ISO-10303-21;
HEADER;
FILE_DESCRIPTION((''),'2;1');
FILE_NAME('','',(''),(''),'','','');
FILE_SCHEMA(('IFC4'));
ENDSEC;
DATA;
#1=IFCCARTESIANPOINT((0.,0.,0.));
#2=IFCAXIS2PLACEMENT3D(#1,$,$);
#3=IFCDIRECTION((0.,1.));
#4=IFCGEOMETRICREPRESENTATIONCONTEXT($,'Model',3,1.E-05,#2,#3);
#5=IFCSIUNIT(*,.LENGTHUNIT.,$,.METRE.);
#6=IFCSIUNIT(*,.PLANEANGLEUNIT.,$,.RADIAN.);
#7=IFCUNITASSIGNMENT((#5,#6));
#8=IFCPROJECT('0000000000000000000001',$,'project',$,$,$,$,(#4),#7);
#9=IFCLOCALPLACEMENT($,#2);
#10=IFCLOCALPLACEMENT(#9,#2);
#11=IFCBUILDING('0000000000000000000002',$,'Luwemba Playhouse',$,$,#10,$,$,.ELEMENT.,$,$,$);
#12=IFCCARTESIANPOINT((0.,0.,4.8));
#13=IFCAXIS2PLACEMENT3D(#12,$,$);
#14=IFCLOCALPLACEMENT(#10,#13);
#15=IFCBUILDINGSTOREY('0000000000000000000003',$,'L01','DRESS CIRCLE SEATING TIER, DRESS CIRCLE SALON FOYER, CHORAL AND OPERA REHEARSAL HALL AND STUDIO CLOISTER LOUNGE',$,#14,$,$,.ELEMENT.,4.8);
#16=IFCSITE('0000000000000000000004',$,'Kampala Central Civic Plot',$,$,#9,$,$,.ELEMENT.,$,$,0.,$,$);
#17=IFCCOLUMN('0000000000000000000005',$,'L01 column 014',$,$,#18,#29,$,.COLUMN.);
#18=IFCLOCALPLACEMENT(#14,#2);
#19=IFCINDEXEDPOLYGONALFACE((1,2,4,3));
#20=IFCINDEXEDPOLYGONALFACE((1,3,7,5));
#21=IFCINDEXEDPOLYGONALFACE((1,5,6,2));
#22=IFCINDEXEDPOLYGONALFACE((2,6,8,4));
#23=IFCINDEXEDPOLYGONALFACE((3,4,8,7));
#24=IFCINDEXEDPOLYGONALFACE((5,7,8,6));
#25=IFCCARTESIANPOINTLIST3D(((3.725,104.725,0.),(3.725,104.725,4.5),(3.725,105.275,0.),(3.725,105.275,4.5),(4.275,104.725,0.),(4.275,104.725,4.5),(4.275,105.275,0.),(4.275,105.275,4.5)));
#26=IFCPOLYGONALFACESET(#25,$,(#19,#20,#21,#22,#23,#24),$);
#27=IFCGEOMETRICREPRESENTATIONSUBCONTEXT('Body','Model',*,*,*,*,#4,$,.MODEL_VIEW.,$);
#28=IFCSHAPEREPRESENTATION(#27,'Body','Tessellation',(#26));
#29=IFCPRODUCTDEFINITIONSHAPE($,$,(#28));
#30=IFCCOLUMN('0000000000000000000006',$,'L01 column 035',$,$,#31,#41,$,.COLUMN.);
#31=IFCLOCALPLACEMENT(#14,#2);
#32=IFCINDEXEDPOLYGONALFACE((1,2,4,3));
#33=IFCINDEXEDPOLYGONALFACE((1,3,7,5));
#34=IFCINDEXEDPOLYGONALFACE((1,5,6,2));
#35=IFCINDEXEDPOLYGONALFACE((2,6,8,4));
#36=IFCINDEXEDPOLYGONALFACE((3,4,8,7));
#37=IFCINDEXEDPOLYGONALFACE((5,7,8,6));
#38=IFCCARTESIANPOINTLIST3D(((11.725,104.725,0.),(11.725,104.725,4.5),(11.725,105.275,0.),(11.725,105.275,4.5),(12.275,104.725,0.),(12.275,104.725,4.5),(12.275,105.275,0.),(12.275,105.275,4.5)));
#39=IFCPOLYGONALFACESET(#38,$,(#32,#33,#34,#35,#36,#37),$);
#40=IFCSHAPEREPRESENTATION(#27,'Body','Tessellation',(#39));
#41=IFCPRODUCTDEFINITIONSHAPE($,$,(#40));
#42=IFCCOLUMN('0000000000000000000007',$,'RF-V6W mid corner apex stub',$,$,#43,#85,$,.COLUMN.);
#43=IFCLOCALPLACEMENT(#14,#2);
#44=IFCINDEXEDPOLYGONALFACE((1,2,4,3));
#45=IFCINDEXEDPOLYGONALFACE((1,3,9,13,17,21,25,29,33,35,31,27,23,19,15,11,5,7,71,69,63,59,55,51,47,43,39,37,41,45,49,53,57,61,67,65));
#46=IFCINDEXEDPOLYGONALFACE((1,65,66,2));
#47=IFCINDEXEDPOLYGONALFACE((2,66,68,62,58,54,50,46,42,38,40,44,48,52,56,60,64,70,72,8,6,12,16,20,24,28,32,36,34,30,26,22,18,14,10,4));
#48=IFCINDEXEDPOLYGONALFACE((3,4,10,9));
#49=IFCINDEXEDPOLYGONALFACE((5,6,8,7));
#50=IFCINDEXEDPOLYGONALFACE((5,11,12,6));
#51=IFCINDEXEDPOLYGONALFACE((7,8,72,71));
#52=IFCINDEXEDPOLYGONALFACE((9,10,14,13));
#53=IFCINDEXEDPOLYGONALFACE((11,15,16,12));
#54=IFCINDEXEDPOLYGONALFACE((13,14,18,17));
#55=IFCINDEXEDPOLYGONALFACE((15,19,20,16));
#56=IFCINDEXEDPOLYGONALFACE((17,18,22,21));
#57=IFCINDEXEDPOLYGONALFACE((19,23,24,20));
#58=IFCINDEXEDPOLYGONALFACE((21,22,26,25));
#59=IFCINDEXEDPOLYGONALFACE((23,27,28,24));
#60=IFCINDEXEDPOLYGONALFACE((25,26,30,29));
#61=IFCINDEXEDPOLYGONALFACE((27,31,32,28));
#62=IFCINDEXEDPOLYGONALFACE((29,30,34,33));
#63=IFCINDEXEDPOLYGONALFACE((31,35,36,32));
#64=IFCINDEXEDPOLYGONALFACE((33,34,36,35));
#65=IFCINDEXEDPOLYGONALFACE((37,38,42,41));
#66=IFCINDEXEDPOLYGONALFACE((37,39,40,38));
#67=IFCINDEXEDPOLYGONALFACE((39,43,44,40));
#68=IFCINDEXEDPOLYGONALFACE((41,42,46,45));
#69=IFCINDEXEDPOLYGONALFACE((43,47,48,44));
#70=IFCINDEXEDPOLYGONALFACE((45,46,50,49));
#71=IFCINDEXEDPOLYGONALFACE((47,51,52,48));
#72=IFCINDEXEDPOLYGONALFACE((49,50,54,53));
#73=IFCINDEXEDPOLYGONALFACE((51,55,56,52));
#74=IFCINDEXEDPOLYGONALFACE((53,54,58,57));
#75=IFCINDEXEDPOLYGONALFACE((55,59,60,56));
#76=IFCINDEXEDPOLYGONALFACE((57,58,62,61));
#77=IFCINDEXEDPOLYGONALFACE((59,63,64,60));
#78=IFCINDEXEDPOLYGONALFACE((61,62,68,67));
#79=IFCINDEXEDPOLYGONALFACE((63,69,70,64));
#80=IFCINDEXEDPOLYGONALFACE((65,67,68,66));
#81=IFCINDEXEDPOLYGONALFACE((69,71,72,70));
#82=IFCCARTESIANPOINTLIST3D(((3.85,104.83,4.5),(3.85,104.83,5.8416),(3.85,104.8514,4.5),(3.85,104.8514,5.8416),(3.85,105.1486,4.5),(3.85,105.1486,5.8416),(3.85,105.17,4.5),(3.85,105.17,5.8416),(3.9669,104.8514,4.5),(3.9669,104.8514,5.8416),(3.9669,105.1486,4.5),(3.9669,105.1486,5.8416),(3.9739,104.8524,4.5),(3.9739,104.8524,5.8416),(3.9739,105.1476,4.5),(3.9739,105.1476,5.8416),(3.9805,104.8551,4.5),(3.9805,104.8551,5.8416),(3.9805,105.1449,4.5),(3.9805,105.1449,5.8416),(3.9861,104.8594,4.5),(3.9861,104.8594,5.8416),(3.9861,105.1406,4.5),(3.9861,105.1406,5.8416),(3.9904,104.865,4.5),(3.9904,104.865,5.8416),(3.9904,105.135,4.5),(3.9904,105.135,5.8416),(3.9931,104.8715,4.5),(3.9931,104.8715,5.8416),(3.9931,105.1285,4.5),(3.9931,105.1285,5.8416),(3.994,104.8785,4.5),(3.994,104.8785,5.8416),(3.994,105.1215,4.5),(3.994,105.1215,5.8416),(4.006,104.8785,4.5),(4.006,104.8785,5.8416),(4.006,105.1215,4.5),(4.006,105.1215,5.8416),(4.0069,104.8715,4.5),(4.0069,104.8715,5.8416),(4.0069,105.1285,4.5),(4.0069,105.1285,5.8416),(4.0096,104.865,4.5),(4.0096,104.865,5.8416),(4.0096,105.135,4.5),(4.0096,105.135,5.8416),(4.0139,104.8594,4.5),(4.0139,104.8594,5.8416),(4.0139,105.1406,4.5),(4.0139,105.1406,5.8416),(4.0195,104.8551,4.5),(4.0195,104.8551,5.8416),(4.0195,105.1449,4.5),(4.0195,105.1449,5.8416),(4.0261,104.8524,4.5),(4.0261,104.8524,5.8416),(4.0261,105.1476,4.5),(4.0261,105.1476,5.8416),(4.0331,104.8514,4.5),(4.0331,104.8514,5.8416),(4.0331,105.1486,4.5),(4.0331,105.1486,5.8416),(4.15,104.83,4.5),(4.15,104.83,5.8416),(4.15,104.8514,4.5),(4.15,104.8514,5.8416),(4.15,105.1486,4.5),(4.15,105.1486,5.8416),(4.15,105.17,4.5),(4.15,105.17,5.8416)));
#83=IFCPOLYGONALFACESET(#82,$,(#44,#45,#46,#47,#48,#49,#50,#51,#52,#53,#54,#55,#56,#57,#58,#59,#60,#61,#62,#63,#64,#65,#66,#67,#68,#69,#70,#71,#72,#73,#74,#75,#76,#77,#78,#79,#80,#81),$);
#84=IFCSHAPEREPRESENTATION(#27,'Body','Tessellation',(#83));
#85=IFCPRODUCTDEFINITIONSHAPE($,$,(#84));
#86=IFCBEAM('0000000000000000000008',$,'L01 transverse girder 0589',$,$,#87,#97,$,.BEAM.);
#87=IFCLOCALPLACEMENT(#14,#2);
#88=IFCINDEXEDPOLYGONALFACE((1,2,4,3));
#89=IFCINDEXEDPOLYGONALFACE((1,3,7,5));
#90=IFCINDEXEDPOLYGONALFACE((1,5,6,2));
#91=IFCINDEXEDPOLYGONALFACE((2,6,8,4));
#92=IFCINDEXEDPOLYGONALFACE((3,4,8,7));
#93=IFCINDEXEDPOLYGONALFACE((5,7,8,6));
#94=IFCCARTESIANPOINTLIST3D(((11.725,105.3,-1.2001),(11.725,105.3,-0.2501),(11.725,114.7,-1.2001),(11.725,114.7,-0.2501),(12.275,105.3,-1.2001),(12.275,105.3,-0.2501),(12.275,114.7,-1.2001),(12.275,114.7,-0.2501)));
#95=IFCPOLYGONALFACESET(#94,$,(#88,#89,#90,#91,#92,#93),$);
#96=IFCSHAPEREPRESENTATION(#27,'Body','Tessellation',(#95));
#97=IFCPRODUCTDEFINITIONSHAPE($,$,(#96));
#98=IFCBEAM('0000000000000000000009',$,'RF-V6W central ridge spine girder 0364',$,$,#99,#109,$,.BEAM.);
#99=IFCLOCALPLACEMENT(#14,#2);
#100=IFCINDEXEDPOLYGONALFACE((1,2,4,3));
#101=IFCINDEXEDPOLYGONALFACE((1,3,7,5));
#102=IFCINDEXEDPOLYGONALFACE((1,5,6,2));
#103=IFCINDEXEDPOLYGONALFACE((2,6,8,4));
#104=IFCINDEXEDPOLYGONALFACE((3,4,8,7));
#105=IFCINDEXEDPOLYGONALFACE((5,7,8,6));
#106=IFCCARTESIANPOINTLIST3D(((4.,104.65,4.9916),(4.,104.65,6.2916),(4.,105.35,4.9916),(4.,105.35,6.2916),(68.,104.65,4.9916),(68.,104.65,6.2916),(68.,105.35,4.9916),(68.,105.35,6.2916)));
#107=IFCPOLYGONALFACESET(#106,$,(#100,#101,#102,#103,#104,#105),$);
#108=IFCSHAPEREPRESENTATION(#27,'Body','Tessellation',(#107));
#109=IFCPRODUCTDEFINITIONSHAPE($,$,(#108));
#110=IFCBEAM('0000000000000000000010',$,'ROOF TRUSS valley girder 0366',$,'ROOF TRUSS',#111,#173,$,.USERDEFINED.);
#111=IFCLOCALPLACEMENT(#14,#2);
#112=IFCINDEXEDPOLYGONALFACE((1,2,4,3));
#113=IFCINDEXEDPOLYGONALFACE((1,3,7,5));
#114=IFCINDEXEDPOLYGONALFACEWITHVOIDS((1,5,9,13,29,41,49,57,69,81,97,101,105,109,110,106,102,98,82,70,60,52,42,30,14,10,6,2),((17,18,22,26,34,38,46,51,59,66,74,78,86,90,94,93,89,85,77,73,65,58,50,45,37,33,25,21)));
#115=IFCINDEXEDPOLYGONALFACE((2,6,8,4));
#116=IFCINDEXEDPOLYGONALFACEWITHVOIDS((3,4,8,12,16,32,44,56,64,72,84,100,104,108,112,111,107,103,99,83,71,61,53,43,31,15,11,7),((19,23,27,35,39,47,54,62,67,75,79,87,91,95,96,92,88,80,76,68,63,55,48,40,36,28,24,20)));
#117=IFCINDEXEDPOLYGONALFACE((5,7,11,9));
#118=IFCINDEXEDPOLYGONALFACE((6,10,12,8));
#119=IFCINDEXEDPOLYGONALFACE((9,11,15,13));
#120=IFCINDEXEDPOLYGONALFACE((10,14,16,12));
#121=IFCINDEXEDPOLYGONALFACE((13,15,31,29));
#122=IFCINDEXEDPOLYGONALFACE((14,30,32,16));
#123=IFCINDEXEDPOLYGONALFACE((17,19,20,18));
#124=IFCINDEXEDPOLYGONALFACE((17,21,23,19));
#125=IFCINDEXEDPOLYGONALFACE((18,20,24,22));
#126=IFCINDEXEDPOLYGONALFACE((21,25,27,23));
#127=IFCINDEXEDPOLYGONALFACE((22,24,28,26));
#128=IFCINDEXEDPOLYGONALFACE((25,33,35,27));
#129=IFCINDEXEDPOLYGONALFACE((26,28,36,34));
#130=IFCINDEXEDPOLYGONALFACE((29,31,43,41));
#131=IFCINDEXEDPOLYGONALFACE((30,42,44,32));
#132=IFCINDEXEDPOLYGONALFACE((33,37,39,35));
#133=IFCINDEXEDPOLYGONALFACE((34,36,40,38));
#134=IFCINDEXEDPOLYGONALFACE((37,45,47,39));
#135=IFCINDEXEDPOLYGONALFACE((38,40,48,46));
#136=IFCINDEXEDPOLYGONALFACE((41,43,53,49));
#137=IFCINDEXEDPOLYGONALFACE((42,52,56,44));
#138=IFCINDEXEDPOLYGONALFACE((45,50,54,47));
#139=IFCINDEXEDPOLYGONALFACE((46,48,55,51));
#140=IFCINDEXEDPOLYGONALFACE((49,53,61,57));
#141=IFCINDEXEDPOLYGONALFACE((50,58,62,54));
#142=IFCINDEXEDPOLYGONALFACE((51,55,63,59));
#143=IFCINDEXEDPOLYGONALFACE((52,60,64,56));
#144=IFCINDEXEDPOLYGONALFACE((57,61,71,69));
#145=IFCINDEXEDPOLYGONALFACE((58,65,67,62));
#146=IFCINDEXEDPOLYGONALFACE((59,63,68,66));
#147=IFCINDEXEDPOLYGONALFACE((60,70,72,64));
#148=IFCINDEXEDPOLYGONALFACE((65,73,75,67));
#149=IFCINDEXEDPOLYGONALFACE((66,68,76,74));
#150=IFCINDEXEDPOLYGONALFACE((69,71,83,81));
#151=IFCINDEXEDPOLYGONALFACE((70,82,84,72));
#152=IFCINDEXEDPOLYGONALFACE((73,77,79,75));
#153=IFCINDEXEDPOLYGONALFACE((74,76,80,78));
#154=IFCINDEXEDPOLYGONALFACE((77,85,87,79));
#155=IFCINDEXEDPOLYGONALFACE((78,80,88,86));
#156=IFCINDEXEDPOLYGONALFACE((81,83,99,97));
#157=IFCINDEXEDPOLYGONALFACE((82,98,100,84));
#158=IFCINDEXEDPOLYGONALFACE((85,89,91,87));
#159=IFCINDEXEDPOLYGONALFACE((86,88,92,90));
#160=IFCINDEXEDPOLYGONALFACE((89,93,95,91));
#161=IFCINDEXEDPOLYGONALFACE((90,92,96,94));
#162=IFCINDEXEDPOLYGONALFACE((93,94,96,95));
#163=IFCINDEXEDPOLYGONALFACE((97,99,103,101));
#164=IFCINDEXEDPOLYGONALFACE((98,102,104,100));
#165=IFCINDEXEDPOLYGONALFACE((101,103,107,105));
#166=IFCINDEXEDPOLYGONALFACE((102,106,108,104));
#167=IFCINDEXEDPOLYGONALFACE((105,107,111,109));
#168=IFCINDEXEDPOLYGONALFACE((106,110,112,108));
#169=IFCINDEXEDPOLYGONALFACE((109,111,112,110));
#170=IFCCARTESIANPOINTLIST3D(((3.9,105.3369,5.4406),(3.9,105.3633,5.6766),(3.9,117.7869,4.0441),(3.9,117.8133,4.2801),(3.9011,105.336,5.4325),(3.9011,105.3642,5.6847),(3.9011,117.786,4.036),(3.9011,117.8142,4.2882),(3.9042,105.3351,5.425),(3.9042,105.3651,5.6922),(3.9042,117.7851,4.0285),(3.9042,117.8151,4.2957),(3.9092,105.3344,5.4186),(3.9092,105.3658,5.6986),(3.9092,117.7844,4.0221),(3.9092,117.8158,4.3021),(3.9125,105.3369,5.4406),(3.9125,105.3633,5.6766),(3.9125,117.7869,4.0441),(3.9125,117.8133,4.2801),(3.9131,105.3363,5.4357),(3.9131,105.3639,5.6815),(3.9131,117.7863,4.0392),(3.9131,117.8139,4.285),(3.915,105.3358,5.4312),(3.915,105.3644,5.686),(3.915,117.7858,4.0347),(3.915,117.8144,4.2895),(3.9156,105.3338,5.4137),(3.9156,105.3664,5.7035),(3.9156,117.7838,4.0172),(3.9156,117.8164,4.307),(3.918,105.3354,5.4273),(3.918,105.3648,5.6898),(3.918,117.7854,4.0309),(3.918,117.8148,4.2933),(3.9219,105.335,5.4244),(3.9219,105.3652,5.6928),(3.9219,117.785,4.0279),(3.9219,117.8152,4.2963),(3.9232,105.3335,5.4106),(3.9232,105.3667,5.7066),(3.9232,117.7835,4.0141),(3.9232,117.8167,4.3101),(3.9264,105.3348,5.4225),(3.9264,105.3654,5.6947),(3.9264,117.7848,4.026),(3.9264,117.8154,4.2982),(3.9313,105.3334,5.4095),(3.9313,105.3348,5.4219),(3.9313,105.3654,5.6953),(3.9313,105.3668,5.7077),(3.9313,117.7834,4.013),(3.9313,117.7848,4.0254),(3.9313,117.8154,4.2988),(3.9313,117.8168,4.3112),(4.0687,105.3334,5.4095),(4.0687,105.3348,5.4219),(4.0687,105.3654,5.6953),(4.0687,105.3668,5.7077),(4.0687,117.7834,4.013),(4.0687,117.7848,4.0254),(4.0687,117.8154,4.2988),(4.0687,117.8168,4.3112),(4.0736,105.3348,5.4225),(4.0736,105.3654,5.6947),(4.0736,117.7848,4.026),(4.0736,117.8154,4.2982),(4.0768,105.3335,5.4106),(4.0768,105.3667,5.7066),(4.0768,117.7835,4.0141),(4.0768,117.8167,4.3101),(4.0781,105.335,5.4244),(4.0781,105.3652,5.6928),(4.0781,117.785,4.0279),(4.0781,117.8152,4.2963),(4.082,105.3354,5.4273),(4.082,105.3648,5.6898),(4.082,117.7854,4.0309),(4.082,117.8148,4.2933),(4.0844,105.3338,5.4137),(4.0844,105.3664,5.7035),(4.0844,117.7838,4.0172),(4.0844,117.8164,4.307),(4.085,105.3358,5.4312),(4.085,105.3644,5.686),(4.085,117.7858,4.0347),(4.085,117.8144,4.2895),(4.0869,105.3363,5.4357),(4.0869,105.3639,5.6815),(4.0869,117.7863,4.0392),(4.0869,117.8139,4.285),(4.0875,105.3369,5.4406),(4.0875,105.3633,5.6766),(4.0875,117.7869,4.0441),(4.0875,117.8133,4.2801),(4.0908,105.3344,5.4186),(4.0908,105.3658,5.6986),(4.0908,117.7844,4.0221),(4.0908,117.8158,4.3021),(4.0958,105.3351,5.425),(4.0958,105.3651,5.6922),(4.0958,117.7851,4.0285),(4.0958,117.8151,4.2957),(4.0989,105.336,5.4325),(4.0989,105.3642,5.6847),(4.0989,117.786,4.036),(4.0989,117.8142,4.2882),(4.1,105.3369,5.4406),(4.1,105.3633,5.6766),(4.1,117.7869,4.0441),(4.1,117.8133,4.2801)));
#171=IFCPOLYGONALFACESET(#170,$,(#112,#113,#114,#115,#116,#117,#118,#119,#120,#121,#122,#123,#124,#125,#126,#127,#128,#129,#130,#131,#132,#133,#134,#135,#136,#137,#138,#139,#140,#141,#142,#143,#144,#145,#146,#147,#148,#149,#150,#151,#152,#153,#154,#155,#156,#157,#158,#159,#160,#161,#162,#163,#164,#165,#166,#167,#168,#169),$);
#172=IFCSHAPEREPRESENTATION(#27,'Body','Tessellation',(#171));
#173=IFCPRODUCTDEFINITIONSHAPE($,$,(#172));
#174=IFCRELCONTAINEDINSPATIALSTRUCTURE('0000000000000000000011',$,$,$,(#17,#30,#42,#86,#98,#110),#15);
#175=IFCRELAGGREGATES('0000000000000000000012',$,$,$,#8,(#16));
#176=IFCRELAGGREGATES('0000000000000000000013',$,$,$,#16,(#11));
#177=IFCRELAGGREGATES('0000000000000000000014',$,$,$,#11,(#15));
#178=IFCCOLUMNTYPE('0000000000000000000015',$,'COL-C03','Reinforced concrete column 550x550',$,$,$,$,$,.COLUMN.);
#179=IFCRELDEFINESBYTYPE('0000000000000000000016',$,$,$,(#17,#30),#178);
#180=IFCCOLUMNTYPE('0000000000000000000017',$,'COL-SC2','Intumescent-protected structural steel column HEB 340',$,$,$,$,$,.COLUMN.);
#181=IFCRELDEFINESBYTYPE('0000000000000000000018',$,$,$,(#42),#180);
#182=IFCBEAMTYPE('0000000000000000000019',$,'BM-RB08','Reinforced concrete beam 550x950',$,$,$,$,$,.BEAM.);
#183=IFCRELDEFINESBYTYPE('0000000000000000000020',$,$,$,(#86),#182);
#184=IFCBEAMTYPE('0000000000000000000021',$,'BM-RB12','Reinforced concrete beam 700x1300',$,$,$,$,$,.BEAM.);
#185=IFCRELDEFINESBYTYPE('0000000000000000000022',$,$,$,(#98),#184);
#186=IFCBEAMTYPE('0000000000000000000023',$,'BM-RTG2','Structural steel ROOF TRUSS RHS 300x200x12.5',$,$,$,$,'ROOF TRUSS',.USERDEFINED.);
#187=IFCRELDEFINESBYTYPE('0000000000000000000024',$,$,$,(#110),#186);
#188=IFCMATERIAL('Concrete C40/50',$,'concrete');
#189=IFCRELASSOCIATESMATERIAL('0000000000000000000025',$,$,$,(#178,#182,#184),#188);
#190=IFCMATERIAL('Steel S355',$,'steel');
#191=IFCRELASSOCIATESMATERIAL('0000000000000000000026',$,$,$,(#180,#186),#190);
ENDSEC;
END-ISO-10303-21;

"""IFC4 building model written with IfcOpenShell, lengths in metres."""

from ifc_helpers import new_model, si_unit, direction, frame, origin, origin_2d, place, context, subcontext, project, spatial, rectangle, hollow_rectangle, i_section, extrude, material, material_profile, profile_set, type_object, element, save


model = new_model("IFC4")

# Units and contexts
model_context = context("Model", 3, precision=1e-05, world=origin(), true_north=direction((0.0, 1.0)))
body_context = subcontext(model_context, "Body", "Model", "MODEL_VIEW")
ifc_project = project(units=[si_unit("LENGTHUNIT", "METRE"), si_unit("PLANEANGLEUNIT", "RADIAN")], contexts=[model_context])

# Site, building, storey
site_placement = place(None, origin())
site = spatial("IfcSite", under=ifc_project, at=site_placement, Name="Kampala Central Civic Plot", CompositionType="ELEMENT", RefElevation=0.0)
building_placement = place(site_placement, origin())
building = spatial("IfcBuilding", under=site, at=building_placement, Name="Luwemba Playhouse", CompositionType="ELEMENT")
storey_placement = place(building_placement, frame((0.0, 0.0, 4.8)))
storey = spatial("IfcBuildingStorey", under=building, at=storey_placement, Name="L01", Description="DRESS CIRCLE SEATING TIER, DRESS CIRCLE SALON FOYER, CHORAL AND OPERA REHEARSAL HALL AND STUDIO CLOISTER LOUNGE", CompositionType="ELEMENT", Elevation=4.8)

# Columns
ifc_material_1 = material(Name="Concrete C40/50", Category="concrete")
ifc_material_profile_1 = material_profile(ifc_material_1, rectangle(XDim=0.55, YDim=0.55, at=origin_2d()))
ifc_profile_set_1 = profile_set([ifc_material_profile_1], Name="Concrete C40/50")
column_type_1 = type_object("IfcColumnType", Name="COL-C03", Description="Reinforced concrete column 550x550", PredefinedType="COLUMN", material=ifc_profile_set_1)
for number, where, z_axis, x_axis, name in (
    (1, (4.0, 105.0, 0.0), (0.0, 0.0, 1.0), (1.0, 0.0, 0.0), "L01 column 014"),
    (2, (12.0, 105.0, 0.0), (0.0, 0.0, 1.0), (1.0, 0.0, 0.0), "L01 column 035"),
):
    element("IfcColumn", number, at=place(storey_placement, frame(where, z_axis=z_axis, x_axis=x_axis)), inside=storey, type_object=column_type_1, Name=name, PredefinedType="COLUMN", context=body_context, shape_type="SweptSolid", body=[
        extrude(rectangle(XDim=0.55, YDim=0.55, at=origin_2d()), origin(), (0.0, 0.0, 1.0), 4.5),
    ])
ifc_material_2 = material(Name="Steel S355", Category="steel")
ifc_material_profile_2 = material_profile(ifc_material_2, i_section(OverallWidth=0.3, OverallDepth=0.3401, WebThickness=0.012, FlangeThickness=0.0215, FilletRadius=0.0271, at=origin_2d()))
ifc_profile_set_2 = profile_set([ifc_material_profile_2], Name="Steel S355")
column_type_2 = type_object("IfcColumnType", Name="COL-SC2", Description="Intumescent-protected structural steel column HEB 340", PredefinedType="COLUMN", material=ifc_profile_set_2)
column_placement = place(storey_placement, frame((4.0, 105.0, 4.5), z_axis=(0.0, 0.0, 1.0), x_axis=(1.0, 0.0, 0.0)))
element("IfcColumn", 3, at=column_placement, inside=storey, type_object=column_type_2, Name="RF-V6W mid corner apex stub", PredefinedType="COLUMN", context=body_context, shape_type="SweptSolid", body=[
    extrude(i_section(OverallWidth=0.3, OverallDepth=0.3401, WebThickness=0.012, FlangeThickness=0.0215, FilletRadius=0.0271, at=origin_2d()), origin(), (0.0, 0.0, 1.0), 1.3416),
])

# Beams
ifc_material_profile_3 = material_profile(ifc_material_1, rectangle(XDim=0.55, YDim=0.95, at=origin_2d()))
ifc_profile_set_3 = profile_set([ifc_material_profile_3], Name="Concrete C40/50")
beam_type_1 = type_object("IfcBeamType", Name="BM-RB08", Description="Reinforced concrete beam 550x950", PredefinedType="BEAM", material=ifc_profile_set_3)
beam_1_placement = place(storey_placement, frame((12.0, 105.3, -0.7251), z_axis=(0.0, 1.0, 0.0), x_axis=(-1.0, 0.0, 0.0)))
element("IfcBeam", 4, at=beam_1_placement, inside=storey, type_object=beam_type_1, Name="L01 transverse girder 0589", PredefinedType="BEAM", context=body_context, shape_type="SweptSolid", body=[
    extrude(rectangle(XDim=0.55, YDim=0.95, at=origin_2d()), origin(), (0.0, 0.0, 1.0), 9.3999),
])
ifc_material_profile_4 = material_profile(ifc_material_1, rectangle(XDim=0.7, YDim=1.3, at=origin_2d()))
ifc_profile_set_4 = profile_set([ifc_material_profile_4], Name="Concrete C40/50")
beam_type_2 = type_object("IfcBeamType", Name="BM-RB12", Description="Reinforced concrete beam 700x1300", PredefinedType="BEAM", material=ifc_profile_set_4)
beam_2_placement = place(storey_placement, frame((4.0, 105.0, 5.6416), z_axis=(1.0, 0.0, 0.0), x_axis=(0.0, 1.0, 0.0)))
element("IfcBeam", 5, at=beam_2_placement, inside=storey, type_object=beam_type_2, Name="RF-V6W central ridge spine girder 0364", PredefinedType="BEAM", context=body_context, shape_type="SweptSolid", body=[
    extrude(rectangle(XDim=0.7, YDim=1.3, at=origin_2d()), origin(), (0.0, 0.0, 1.0), 64.0),
])
ifc_material_profile_5 = material_profile(ifc_material_2, hollow_rectangle(XDim=0.2, YDim=0.3, WallThickness=0.0125, InnerFilletRadius=0.0188, OuterFilletRadius=0.0312, at=origin_2d()))
ifc_profile_set_5 = profile_set([ifc_material_profile_5], Name="Steel S355")
beam_type_3 = type_object("IfcBeamType", Name="BM-RTG2", Description="Structural steel ROOF TRUSS RHS 300x200x12.5", ElementType="ROOF TRUSS", PredefinedType="USERDEFINED", material=ifc_profile_set_5)
beam_3_placement = place(storey_placement, frame((4.0, 105.3501, 5.5586), z_axis=(0.0, 0.993768, -0.111469), x_axis=(-1.0, 0.0, 0.0)))
element("IfcBeam", 6, at=beam_3_placement, inside=storey, type_object=beam_type_3, Name="ROOF TRUSS valley girder 0366", ObjectType="ROOF TRUSS", PredefinedType="USERDEFINED", context=body_context, shape_type="SweptSolid", body=[
    extrude(hollow_rectangle(XDim=0.2, YDim=0.3, WallThickness=0.0125, InnerFilletRadius=0.0188, OuterFilletRadius=0.0312, at=origin_2d()), origin(), (0.0, 0.0, 1.0), 12.5281),
])

save(model, "model.ifc")
